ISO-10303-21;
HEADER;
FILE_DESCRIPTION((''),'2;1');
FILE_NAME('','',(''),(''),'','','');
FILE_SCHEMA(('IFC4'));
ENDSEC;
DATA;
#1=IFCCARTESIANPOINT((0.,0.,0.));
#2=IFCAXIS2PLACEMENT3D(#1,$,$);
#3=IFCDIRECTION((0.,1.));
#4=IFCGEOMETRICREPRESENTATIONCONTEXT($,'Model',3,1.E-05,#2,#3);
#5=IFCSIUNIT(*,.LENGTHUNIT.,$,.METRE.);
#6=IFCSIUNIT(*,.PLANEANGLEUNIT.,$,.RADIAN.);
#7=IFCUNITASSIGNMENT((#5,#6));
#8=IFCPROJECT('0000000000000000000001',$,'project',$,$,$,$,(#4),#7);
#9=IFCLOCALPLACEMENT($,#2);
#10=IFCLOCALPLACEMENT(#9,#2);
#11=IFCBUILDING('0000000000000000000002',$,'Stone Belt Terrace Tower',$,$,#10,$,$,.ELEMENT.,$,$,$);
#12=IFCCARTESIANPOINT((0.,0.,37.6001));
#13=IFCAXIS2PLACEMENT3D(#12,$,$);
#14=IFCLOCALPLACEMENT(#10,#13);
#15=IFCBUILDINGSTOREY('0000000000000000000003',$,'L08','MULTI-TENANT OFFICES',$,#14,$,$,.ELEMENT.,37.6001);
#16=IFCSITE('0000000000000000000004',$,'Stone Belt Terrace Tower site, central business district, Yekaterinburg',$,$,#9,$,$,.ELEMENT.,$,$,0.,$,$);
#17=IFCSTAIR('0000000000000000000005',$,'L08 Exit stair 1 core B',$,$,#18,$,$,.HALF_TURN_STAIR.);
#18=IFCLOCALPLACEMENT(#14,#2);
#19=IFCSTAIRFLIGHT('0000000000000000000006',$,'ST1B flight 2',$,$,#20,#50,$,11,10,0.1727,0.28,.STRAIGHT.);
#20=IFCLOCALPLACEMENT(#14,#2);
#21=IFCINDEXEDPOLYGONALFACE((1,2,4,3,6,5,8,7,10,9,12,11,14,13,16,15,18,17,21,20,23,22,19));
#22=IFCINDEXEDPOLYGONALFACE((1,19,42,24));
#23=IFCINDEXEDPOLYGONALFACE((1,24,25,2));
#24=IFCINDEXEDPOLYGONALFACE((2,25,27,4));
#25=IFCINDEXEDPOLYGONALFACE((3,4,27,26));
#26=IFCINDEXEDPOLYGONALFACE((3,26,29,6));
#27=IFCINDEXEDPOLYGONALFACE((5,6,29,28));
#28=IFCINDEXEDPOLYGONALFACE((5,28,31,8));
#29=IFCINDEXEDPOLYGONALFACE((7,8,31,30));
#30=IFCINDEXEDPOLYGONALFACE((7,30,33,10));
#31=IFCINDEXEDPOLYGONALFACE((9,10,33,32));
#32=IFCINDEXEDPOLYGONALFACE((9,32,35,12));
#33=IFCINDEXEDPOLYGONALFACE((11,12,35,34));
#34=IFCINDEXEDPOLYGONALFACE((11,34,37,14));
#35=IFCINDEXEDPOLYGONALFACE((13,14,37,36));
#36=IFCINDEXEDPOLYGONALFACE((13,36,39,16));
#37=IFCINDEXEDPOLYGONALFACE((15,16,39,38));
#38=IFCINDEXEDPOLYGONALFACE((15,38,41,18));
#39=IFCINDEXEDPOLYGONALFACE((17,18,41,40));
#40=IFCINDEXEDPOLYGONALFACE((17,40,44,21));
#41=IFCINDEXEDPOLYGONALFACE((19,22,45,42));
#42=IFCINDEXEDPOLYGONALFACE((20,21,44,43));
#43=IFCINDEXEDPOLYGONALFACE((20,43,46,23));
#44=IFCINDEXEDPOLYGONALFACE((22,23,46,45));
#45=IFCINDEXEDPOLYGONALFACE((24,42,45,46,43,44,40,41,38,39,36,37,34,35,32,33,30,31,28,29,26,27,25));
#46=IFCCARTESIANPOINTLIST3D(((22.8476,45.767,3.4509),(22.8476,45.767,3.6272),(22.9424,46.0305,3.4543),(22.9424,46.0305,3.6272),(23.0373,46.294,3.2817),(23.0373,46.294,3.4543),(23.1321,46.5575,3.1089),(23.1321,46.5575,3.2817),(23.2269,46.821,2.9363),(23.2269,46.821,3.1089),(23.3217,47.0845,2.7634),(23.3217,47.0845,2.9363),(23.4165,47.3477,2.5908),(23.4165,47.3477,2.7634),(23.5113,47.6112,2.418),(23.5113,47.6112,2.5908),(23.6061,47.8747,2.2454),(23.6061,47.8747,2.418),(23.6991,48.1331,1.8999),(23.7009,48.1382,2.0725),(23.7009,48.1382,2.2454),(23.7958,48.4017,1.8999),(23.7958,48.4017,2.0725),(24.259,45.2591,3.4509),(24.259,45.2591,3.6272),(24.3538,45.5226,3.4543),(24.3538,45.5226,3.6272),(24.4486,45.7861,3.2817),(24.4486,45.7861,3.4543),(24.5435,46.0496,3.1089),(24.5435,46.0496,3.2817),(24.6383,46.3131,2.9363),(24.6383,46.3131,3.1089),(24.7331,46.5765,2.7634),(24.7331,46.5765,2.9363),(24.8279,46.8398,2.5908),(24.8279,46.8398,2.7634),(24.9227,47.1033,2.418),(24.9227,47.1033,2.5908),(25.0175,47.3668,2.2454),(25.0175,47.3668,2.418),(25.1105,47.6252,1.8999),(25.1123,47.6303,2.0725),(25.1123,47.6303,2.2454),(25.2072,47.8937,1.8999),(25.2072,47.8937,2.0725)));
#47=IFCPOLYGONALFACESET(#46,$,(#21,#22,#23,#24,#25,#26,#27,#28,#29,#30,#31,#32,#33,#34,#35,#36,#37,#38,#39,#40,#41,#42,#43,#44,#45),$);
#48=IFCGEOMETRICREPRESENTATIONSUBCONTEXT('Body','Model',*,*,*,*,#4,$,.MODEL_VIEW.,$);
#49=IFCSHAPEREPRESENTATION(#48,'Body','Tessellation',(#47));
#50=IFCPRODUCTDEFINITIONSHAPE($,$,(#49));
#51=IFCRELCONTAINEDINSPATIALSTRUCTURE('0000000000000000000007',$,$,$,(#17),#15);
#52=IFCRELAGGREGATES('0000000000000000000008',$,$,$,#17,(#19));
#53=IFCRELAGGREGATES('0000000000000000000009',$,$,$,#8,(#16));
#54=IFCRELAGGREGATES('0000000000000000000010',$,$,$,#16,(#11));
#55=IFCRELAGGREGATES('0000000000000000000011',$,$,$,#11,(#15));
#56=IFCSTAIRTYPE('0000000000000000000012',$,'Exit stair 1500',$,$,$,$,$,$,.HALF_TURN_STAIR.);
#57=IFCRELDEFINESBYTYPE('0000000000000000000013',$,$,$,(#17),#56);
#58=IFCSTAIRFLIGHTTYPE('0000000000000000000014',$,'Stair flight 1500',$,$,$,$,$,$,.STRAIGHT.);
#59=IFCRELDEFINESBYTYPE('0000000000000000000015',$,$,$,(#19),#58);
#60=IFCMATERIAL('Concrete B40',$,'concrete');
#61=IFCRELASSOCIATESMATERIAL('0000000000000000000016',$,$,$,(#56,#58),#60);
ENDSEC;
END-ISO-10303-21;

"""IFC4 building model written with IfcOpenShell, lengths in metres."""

from ifc_helpers import new_model, si_unit, direction, frame, origin, place, context, subcontext, project, spatial, polyline, outline, extrude, material, type_object, element, aggregate, save


model = new_model("IFC4")

# Units and contexts
model_context = context("Model", 3, precision=1e-05, world=origin(), true_north=direction((0.0, 1.0)))
body_context = subcontext(model_context, "Body", "Model", "MODEL_VIEW")
ifc_project = project(units=[si_unit("LENGTHUNIT", "METRE"), si_unit("PLANEANGLEUNIT", "RADIAN")], contexts=[model_context])

# Site, building, storey
site_placement = place(None, origin())
site = spatial("IfcSite", under=ifc_project, at=site_placement, Name="Stone Belt Terrace Tower site, central business district, Yekaterinburg", CompositionType="ELEMENT", RefElevation=0.0)
building_placement = place(site_placement, origin())
building = spatial("IfcBuilding", under=site, at=building_placement, Name="Stone Belt Terrace Tower", CompositionType="ELEMENT")
storey_placement = place(building_placement, frame((0.0, 0.0, 37.6001)))
storey = spatial("IfcBuildingStorey", under=building, at=storey_placement, Name="L08", Description="MULTI-TENANT OFFICES", CompositionType="ELEMENT", Elevation=37.6001)

# Stair, stair flight
ifc_material_1 = material(Name="Concrete B40", Category="concrete")
stair_type = type_object("IfcStairType", Name="Exit stair 1500", PredefinedType="HALF_TURN_STAIR", material=ifc_material_1)
stair_placement = place(storey_placement, origin())
stair = element("IfcStair", 1, at=stair_placement, inside=storey, type_object=stair_type, Name="L08 Exit stair 1 core B", PredefinedType="HALF_TURN_STAIR")
stair_flight_type = type_object("IfcStairFlightType", Name="Stair flight 1500", PredefinedType="STRAIGHT", material=ifc_material_1)
stair_flight_1_placement = place(storey_placement, frame((24.5015, 48.1477, 1.8999), z_axis=(0.0, 0.0, 1.0), x_axis=(-0.338624, -0.940922, 0.0)))
stair_flight_1 = element("IfcStairFlight", 2, at=stair_flight_1_placement, type_object=stair_flight_type, Name="ST1B flight 2", NumberOfRisers=11, NumberOfTreads=10, PredefinedType="STRAIGHT", RiserHeight=0.1727, TreadLength=0.28, context=body_context, shape_type="SweptSolid", body=[
    extrude(outline(polyline([(0.0, 0.0), (0.0, 0.1726), (0.28, 0.1726), (0.28, 0.3455), (0.5601, 0.3455), (0.5601, 0.5181), (0.8401, 0.5181), (0.8401, 0.6909), (1.1201, 0.6909), (1.1201, 0.8635), (1.3999, 0.8635), (1.3999, 1.0364), (1.6799, 1.0364), (1.6799, 1.209), (1.96, 1.209), (1.96, 1.3818), (2.24, 1.3818), (2.24, 1.5544), (2.52, 1.5544), (2.52, 1.7273), (2.8, 1.7273), (2.8, 1.8999), (2.8, 1.551), (0.2854, 0.0), (0.0, 0.0)])), frame((0.0, 0.75, 0.0), z_axis=(0.0, -1.0, 0.0), x_axis=(1.0, 0.0, 0.0)), (0.0, 0.0, 1.0), 1.5),
])
aggregate(stair, [stair_flight_1])

save(model, "model.ifc")
